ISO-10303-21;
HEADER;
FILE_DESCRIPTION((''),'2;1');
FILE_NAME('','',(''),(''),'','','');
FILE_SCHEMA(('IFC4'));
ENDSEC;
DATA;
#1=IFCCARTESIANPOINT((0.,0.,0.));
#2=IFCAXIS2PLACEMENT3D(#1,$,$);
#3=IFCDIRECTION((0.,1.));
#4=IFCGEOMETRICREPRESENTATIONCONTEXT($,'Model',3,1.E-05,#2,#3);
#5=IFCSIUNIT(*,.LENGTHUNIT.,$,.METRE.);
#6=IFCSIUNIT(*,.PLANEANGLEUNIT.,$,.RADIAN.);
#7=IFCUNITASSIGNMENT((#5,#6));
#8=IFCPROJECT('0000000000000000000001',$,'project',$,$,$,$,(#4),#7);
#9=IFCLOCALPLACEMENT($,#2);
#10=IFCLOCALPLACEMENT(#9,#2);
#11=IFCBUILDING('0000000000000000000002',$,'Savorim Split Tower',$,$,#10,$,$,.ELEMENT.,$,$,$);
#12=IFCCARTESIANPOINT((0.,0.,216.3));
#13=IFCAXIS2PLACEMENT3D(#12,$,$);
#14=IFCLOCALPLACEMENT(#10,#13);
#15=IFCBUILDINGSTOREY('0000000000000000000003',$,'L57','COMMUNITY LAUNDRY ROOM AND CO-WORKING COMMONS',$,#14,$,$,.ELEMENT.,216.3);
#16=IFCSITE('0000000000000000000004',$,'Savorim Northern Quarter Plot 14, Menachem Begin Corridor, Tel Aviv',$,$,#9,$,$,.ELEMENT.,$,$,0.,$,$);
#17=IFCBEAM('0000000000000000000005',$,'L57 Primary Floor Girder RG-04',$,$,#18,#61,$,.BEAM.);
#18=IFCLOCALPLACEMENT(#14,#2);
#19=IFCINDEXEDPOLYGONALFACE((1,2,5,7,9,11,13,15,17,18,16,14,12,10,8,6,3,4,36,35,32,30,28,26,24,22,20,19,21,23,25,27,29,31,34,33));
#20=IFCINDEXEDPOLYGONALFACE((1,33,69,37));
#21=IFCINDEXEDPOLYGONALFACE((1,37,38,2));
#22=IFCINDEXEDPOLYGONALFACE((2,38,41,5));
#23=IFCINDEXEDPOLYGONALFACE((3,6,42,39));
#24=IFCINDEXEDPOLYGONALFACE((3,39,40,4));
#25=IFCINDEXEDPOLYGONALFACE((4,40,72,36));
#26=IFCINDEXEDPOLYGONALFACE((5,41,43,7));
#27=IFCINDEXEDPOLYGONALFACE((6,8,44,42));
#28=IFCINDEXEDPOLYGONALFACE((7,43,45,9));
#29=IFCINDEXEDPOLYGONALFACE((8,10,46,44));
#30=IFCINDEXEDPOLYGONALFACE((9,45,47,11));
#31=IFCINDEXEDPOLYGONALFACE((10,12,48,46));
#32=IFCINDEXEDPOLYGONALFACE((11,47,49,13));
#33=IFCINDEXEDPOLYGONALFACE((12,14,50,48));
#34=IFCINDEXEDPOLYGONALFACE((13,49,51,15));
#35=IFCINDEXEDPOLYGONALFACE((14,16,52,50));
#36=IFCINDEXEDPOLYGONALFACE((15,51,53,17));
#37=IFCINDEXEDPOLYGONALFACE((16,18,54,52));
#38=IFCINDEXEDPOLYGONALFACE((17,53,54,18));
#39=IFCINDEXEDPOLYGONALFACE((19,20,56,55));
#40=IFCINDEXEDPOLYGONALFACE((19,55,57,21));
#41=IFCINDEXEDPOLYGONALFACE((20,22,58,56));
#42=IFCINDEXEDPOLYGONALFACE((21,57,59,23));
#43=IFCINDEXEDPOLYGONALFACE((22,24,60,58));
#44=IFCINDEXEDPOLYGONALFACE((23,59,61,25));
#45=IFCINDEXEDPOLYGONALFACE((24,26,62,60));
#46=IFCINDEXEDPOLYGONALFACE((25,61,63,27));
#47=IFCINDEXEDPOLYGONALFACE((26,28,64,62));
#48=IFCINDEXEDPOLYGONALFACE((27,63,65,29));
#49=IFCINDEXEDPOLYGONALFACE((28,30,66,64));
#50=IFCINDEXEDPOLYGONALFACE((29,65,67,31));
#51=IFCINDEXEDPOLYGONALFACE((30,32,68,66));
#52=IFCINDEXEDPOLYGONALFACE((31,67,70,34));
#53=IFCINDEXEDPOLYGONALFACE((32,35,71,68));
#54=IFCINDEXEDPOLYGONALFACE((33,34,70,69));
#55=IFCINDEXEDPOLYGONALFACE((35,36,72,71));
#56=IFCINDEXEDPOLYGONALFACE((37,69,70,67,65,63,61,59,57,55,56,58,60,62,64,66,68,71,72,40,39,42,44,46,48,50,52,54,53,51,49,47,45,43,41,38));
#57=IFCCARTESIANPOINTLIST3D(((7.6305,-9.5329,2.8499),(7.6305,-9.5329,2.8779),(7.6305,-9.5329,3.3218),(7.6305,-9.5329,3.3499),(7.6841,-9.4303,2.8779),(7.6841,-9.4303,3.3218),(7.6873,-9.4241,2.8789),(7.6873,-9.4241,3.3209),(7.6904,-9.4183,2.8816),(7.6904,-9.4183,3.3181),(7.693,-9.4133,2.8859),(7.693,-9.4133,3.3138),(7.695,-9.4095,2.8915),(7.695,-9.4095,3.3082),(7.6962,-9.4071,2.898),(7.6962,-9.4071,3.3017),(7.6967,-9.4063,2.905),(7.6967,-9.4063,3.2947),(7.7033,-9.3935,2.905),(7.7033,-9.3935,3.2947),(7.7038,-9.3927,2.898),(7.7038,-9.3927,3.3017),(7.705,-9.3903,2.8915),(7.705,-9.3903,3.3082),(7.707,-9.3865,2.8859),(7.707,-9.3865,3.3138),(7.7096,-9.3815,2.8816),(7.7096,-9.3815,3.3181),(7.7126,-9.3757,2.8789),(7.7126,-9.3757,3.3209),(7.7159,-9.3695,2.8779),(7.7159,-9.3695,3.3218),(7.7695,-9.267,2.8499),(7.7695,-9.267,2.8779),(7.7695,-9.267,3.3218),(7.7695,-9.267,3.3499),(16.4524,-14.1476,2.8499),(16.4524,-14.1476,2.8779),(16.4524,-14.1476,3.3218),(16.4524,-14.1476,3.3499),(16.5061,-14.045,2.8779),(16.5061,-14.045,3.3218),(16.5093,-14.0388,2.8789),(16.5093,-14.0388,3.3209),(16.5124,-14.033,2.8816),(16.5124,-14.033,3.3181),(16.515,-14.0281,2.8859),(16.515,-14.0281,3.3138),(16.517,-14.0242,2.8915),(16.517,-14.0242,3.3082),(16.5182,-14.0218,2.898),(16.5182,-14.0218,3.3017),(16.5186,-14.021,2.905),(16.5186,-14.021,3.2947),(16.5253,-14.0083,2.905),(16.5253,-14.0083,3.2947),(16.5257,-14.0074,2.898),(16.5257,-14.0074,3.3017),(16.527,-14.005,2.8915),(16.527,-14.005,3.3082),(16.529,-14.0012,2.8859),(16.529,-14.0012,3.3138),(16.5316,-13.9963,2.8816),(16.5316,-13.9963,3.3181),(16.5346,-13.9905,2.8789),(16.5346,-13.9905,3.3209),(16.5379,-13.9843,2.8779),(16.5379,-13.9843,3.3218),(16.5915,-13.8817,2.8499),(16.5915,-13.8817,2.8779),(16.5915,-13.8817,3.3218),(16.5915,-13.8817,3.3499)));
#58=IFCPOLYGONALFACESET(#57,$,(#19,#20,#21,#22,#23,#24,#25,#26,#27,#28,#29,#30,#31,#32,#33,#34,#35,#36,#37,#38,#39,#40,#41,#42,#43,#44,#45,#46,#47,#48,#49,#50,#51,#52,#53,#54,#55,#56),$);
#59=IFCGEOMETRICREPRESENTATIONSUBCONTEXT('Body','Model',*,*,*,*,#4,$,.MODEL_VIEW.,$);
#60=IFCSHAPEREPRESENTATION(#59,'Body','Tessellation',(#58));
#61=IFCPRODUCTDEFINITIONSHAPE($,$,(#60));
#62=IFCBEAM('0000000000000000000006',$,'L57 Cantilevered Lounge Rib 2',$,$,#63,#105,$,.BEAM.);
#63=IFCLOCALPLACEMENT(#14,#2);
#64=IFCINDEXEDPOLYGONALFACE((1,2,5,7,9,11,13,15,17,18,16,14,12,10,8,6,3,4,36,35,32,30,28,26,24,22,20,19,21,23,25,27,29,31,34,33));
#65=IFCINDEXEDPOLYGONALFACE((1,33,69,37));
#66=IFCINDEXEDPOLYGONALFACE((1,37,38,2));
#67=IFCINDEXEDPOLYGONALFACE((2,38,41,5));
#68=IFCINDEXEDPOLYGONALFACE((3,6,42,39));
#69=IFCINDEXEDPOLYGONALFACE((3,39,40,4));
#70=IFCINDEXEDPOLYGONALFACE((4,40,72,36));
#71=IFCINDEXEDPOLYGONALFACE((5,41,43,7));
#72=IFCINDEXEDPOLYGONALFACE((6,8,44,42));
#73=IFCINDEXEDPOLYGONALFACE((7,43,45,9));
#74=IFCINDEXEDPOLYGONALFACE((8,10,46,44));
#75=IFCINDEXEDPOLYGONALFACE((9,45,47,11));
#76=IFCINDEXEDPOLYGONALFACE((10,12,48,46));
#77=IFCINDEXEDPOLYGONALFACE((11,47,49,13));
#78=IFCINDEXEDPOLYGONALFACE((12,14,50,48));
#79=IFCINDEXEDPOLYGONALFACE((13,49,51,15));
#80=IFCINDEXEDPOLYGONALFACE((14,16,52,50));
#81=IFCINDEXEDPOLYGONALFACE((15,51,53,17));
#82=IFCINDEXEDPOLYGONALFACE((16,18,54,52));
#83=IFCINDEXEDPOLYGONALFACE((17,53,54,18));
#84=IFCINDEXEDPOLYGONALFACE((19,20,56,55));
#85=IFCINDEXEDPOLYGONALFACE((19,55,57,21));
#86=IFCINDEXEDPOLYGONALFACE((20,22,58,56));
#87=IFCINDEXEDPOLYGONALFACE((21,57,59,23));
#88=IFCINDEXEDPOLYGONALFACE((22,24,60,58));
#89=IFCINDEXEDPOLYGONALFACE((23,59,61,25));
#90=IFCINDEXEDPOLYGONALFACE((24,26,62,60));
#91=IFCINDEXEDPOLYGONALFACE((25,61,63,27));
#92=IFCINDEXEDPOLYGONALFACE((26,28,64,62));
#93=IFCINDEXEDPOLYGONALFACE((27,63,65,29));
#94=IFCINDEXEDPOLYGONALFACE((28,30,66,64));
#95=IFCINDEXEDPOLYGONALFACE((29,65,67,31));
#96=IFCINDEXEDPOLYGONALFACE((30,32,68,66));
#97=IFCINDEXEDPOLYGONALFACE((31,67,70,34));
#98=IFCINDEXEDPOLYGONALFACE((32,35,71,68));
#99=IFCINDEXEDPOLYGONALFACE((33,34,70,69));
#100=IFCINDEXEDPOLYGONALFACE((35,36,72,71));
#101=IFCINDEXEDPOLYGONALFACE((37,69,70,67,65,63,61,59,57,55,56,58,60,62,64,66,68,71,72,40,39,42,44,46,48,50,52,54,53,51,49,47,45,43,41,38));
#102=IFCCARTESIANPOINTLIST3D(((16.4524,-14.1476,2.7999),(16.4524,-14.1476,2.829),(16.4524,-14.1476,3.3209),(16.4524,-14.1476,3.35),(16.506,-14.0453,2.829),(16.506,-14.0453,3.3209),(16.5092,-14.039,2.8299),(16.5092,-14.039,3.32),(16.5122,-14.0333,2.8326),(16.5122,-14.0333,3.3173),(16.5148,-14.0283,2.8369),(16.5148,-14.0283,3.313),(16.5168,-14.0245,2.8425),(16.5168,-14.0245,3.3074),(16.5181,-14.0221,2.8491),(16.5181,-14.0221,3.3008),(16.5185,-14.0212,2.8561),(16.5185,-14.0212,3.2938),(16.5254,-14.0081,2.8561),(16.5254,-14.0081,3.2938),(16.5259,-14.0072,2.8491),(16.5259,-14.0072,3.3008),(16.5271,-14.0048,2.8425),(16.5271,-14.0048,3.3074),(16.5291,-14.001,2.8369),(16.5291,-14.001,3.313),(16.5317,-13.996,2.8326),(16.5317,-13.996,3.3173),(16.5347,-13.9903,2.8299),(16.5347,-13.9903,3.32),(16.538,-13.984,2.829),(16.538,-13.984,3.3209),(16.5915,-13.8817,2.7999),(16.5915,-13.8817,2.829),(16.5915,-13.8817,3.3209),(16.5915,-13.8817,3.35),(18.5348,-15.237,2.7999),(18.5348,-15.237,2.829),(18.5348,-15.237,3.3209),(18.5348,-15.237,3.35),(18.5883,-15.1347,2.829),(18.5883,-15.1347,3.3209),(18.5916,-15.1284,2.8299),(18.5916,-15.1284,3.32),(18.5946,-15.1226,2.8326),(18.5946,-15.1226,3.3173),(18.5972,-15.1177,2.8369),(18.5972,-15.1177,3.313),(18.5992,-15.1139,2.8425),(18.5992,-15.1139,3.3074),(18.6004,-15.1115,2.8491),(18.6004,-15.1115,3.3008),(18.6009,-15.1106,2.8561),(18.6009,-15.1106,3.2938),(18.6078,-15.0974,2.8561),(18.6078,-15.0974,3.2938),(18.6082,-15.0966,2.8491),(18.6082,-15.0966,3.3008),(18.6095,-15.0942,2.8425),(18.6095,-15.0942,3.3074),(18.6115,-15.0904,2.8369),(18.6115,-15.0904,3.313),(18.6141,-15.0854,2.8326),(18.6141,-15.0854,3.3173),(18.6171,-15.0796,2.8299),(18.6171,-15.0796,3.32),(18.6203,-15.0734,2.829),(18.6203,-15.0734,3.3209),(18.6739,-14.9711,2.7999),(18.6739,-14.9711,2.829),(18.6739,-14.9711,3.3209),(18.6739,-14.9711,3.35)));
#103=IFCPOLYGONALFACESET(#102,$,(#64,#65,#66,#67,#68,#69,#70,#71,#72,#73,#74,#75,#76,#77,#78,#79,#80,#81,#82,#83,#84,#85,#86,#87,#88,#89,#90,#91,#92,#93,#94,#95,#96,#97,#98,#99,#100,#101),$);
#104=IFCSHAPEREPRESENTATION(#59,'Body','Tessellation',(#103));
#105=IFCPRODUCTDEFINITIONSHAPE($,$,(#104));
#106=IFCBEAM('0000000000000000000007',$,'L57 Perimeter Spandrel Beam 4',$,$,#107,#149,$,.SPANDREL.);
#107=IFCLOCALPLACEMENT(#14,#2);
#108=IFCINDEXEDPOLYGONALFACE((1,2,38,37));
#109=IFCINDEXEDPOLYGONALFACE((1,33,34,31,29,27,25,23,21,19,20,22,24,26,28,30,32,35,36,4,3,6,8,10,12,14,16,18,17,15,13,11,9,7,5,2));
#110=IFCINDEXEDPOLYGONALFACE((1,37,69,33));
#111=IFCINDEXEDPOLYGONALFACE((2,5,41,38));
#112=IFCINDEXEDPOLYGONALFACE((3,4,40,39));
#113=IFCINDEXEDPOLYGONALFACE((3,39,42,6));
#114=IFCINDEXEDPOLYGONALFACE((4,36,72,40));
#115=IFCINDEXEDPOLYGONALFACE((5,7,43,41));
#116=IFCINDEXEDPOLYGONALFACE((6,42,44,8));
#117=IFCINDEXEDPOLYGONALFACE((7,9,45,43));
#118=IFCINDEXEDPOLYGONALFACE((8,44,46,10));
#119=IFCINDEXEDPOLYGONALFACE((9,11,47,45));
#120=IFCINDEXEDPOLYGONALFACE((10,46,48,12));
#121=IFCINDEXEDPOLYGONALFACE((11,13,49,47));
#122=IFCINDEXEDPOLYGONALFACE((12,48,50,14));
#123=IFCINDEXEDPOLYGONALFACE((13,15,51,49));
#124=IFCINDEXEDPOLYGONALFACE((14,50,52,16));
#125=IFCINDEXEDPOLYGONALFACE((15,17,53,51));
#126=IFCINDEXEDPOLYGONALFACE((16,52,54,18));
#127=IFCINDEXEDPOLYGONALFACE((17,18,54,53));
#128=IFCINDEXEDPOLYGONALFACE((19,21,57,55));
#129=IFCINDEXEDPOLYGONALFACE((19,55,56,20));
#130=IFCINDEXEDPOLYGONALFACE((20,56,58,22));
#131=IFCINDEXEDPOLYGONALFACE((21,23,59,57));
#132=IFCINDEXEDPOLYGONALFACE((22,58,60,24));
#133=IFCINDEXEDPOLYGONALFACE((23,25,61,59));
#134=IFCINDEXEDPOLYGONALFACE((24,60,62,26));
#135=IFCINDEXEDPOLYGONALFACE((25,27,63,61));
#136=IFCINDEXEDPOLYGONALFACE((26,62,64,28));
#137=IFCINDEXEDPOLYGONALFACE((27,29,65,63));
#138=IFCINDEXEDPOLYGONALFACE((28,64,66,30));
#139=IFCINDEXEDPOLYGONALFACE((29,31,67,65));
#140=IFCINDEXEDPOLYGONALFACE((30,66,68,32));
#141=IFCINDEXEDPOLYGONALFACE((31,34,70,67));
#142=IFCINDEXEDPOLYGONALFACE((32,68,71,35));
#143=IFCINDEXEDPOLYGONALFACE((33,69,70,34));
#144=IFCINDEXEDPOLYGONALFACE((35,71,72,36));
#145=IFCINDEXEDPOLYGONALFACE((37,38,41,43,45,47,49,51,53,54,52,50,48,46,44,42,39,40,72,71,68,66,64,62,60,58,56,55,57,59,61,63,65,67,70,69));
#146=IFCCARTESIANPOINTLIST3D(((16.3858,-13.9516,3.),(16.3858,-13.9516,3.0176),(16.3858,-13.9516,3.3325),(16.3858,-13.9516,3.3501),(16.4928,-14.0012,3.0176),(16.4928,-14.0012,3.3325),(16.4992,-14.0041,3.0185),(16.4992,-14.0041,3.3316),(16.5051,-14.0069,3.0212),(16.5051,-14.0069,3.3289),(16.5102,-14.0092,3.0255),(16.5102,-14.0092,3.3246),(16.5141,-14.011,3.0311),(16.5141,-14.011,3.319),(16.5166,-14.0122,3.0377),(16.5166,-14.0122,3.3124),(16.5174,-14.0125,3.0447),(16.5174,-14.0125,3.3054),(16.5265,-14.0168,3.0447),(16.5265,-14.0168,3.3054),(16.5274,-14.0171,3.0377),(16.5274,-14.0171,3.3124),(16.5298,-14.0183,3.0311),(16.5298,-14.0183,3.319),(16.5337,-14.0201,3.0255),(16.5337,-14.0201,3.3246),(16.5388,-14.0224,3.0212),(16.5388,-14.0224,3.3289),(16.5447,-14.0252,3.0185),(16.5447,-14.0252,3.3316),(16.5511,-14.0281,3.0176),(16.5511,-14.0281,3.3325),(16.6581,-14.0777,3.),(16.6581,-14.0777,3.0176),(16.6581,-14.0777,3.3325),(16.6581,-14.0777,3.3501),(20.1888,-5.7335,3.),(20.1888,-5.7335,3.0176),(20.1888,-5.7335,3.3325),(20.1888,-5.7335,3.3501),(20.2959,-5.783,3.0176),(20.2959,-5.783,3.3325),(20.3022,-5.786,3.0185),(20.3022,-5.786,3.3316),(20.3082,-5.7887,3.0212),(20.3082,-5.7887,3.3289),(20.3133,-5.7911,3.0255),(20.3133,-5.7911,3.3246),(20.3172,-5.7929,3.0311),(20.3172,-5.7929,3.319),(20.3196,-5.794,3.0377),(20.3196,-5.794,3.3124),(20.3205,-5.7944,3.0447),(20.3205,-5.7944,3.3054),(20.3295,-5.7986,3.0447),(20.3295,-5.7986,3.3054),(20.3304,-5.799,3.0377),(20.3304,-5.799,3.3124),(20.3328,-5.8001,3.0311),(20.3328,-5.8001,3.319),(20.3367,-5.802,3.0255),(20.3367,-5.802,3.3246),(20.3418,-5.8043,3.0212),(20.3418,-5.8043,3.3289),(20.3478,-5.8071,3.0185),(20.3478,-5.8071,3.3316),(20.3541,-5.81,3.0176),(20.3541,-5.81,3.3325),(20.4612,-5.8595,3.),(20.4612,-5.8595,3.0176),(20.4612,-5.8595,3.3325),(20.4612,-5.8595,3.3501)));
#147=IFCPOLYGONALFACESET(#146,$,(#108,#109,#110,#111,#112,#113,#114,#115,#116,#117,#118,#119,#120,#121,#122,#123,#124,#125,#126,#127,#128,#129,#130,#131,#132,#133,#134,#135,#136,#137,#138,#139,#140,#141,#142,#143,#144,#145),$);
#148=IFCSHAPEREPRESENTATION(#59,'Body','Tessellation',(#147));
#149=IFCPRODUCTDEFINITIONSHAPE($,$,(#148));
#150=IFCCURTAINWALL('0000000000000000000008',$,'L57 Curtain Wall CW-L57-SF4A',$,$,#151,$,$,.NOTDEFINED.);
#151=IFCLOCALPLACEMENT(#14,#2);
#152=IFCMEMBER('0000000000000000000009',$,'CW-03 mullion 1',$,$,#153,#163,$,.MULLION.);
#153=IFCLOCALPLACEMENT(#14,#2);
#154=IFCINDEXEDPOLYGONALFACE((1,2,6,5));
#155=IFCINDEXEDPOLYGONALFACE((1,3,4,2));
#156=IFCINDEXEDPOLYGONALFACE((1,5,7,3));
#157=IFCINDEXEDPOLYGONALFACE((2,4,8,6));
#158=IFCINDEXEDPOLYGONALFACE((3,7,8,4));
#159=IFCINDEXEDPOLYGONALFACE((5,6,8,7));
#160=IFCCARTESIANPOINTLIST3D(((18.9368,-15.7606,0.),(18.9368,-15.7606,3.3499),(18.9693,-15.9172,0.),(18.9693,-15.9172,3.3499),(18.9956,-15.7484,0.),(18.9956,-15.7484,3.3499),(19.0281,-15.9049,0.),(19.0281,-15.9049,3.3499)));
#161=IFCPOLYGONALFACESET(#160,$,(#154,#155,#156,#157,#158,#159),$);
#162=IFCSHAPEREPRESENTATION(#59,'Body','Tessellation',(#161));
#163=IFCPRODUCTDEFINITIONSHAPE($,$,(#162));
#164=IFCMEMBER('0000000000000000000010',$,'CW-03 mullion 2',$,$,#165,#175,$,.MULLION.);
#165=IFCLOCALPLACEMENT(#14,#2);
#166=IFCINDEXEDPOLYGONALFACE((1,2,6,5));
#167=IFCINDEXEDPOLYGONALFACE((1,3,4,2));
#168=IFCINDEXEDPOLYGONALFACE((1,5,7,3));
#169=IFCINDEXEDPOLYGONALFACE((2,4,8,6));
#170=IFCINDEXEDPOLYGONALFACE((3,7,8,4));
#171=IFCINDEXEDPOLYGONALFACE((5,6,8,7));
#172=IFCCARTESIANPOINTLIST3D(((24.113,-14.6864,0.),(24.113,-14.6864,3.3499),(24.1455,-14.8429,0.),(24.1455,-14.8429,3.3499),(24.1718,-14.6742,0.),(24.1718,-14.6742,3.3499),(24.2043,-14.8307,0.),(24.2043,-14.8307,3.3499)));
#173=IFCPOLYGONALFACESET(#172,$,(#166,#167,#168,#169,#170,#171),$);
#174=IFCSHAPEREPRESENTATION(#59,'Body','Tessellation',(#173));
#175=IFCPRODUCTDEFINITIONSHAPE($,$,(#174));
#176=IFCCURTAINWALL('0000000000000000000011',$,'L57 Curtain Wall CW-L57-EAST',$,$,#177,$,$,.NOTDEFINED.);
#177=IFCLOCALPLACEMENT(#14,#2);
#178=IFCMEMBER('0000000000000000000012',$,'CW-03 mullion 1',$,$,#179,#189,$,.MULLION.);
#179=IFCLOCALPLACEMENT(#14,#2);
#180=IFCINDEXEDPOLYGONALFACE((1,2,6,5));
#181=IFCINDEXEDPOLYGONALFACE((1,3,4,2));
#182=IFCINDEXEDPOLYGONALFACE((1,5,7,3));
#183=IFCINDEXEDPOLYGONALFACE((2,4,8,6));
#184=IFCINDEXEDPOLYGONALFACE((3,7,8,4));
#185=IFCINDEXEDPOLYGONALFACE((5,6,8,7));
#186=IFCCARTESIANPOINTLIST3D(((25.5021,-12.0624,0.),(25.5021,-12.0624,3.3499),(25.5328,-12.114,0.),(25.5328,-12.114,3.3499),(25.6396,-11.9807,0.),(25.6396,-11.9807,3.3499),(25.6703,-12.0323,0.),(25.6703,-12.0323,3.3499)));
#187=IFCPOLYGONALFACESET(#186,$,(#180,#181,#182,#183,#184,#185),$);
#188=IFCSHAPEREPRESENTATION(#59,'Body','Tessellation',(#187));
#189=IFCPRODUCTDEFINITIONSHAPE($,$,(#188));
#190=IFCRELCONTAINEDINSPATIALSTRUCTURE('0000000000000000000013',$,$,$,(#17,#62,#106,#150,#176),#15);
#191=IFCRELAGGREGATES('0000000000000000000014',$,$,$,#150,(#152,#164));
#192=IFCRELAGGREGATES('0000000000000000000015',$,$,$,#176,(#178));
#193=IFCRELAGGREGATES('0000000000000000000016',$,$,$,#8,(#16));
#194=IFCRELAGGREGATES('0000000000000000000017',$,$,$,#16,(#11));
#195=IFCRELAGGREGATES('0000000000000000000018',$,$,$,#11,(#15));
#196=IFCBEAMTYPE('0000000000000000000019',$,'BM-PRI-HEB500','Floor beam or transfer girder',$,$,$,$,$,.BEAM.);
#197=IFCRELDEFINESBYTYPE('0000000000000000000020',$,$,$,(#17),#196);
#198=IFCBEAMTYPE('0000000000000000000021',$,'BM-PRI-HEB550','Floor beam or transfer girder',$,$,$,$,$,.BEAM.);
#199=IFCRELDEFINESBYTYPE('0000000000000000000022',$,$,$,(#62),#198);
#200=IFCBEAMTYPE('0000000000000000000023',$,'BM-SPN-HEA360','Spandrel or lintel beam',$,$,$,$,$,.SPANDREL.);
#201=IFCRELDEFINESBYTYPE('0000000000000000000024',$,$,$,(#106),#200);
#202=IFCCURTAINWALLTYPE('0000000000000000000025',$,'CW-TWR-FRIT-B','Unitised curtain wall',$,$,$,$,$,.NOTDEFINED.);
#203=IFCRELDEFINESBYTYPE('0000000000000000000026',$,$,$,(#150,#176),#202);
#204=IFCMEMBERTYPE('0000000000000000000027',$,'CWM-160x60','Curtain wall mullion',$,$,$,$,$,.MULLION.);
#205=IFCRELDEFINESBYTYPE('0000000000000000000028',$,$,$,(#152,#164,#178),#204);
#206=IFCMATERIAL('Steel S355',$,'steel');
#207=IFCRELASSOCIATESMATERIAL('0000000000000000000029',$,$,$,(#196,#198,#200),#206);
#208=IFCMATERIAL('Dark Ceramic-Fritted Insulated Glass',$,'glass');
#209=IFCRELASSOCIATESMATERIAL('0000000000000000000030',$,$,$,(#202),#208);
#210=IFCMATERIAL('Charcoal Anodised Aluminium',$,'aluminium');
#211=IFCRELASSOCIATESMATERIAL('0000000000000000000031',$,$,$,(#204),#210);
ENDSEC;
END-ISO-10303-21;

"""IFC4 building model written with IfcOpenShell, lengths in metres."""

from ifc_helpers import new_model, si_unit, direction, frame, origin, origin_2d, place, context, subcontext, project, spatial, rectangle, i_section, extrude, material, material_profile, profile_set, type_object, element, aggregate, save


model = new_model("IFC4")

# Units and contexts
model_context = context("Model", 3, precision=1e-05, world=origin(), true_north=direction((0.0, 1.0)))
body_context = subcontext(model_context, "Body", "Model", "MODEL_VIEW")
ifc_project = project(units=[si_unit("LENGTHUNIT", "METRE"), si_unit("PLANEANGLEUNIT", "RADIAN")], contexts=[model_context])

# Site, building, storey
site_placement = place(None, origin())
site = spatial("IfcSite", under=ifc_project, at=site_placement, Name="Savorim Northern Quarter Plot 14, Menachem Begin Corridor, Tel Aviv", CompositionType="ELEMENT", RefElevation=0.0)
building_placement = place(site_placement, origin())
building = spatial("IfcBuilding", under=site, at=building_placement, Name="Savorim Split Tower", CompositionType="ELEMENT")
storey_placement = place(building_placement, frame((0.0, 0.0, 216.3)))
storey = spatial("IfcBuildingStorey", under=building, at=storey_placement, Name="L57", Description="COMMUNITY LAUNDRY ROOM AND CO-WORKING COMMONS", CompositionType="ELEMENT", Elevation=216.3)

# Shared definitions
ifc_material_1 = material(Name="Steel S355", Category="steel")

# Beams
ifc_material_profile_1 = material_profile(ifc_material_1, i_section(OverallWidth=0.3, OverallDepth=0.5, WebThickness=0.0144, FlangeThickness=0.0281, FilletRadius=0.0271, at=origin_2d()), Name="HEB 500")
ifc_profile_set_1 = profile_set([ifc_material_profile_1], Name="Steel S355")
beam_type_1 = type_object("IfcBeamType", Name="BM-PRI-HEB500", Description="Floor beam or transfer girder", PredefinedType="BEAM", material=ifc_profile_set_1)
beam_1_placement = place(storey_placement, frame((16.522, -14.0146, 3.0999), z_axis=(-0.886092, 0.463509, 0.0), x_axis=(-0.463509, -0.886092, 0.0)))
element("IfcBeam", 1, at=beam_1_placement, inside=storey, type_object=beam_type_1, Name="L57 Primary Floor Girder RG-04", PredefinedType="BEAM", context=body_context, shape_type="SweptSolid", body=[
    extrude(i_section(OverallWidth=0.3, OverallDepth=0.5, WebThickness=0.0144, FlangeThickness=0.0281, FilletRadius=0.0271, at=origin_2d()), origin(), (0.0, 0.0, 1.0), 9.9561),
])
ifc_material_profile_2 = material_profile(ifc_material_1, i_section(OverallWidth=0.3, OverallDepth=0.55, WebThickness=0.0149, FlangeThickness=0.0291, FilletRadius=0.0271, at=origin_2d()), Name="HEB 550")
ifc_profile_set_2 = profile_set([ifc_material_profile_2], Name="Steel S355")
beam_type_2 = type_object("IfcBeamType", Name="BM-PRI-HEB550", Description="Floor beam or transfer girder", PredefinedType="BEAM", material=ifc_profile_set_2)
beam_2_placement = place(storey_placement, frame((16.522, -14.0146, 3.075), z_axis=(0.886069, -0.463553, 0.0), x_axis=(0.463553, 0.886069, 0.0)))
element("IfcBeam", 2, at=beam_2_placement, inside=storey, type_object=beam_type_2, Name="L57 Cantilevered Lounge Rib 2", PredefinedType="BEAM", context=body_context, shape_type="SweptSolid", body=[
    extrude(i_section(OverallWidth=0.3, OverallDepth=0.55, WebThickness=0.0149, FlangeThickness=0.0291, FilletRadius=0.0271, at=origin_2d()), origin(), (0.0, 0.0, 1.0), 2.3501),
])
ifc_material_profile_3 = material_profile(ifc_material_1, i_section(OverallWidth=0.3, OverallDepth=0.3501, WebThickness=0.01, FlangeThickness=0.0176, FilletRadius=0.0271, at=origin_2d()), Name="HEA 360")
ifc_profile_set_3 = profile_set([ifc_material_profile_3], Name="Steel S355")
beam_type_3 = type_object("IfcBeamType", Name="BM-SPN-HEA360", Description="Spandrel or lintel beam", PredefinedType="SPANDREL", material=ifc_profile_set_3)
beam_3_placement = place(storey_placement, frame((16.522, -14.0146, 3.175), z_axis=(0.419973, 0.907537, 0.0), x_axis=(-0.907537, 0.419973, 0.0)))
element("IfcBeam", 3, at=beam_3_placement, inside=storey, type_object=beam_type_3, Name="L57 Perimeter Spandrel Beam 4", PredefinedType="SPANDREL", context=body_context, shape_type="SweptSolid", body=[
    extrude(i_section(OverallWidth=0.3, OverallDepth=0.3501, WebThickness=0.01, FlangeThickness=0.0176, FilletRadius=0.0271, at=origin_2d()), origin(), (0.0, 0.0, 1.0), 9.0554),
])

# Curtain walls, members
ifc_material_2 = material(Name="Dark Ceramic-Fritted Insulated Glass", Category="glass")
curtain_wall_type_1 = type_object("IfcCurtainWallType", Name="CW-TWR-FRIT-B", Description="Unitised curtain wall", PredefinedType="NOTDEFINED", material=ifc_material_2)
curtain_wall_1_placement = place(storey_placement, origin())
curtain_wall_1 = element("IfcCurtainWall", 4, at=curtain_wall_1_placement, inside=storey, type_object=curtain_wall_type_1, Name="L57 Curtain Wall CW-L57-SF4A", PredefinedType="NOTDEFINED")
ifc_material_3 = material(Name="Charcoal Anodised Aluminium", Category="aluminium")
ifc_material_profile_4 = material_profile(ifc_material_3, rectangle(XDim=0.1599, YDim=0.0601, at=origin_2d()), Name="ALU-M 160x60")
ifc_profile_set_4 = profile_set([ifc_material_profile_4], Name="Charcoal Anodised Aluminium")
member_type_1 = type_object("IfcMemberType", Name="CWM-160x60", Description="Curtain wall mullion", PredefinedType="MULLION", material=ifc_profile_set_4)
member_1_placement = place(storey_placement, frame((18.9824, -15.8328, 0.0), z_axis=(0.0, 0.0, 1.0), x_axis=(-0.203211, 0.979135, 0.0)))
member_1 = element("IfcMember", 5, at=member_1_placement, type_object=member_type_1, Name="CW-03 mullion 1", PredefinedType="MULLION", context=body_context, shape_type="SweptSolid", body=[
    extrude(rectangle(XDim=0.1599, YDim=0.0601, at=origin_2d()), origin(), (0.0, 0.0, 1.0), 3.3499),
])
member_2_placement = place(storey_placement, frame((24.1587, -14.7585, 0.0), z_axis=(0.0, 0.0, 1.0), x_axis=(-0.203211, 0.979135, 0.0)))
member_2 = element("IfcMember", 6, at=member_2_placement, type_object=member_type_1, Name="CW-03 mullion 2", PredefinedType="MULLION", context=body_context, shape_type="SweptSolid", body=[
    extrude(rectangle(XDim=0.1599, YDim=0.0601, at=origin_2d()), origin(), (0.0, 0.0, 1.0), 3.3499),
])
curtain_wall_2_placement = place(storey_placement, origin())
curtain_wall_2 = element("IfcCurtainWall", 7, at=curtain_wall_2_placement, inside=storey, type_object=curtain_wall_type_1, Name="L57 Curtain Wall CW-L57-EAST", PredefinedType="NOTDEFINED")
member_3_placement = place(storey_placement, frame((25.5862, -12.0474, 0.0), z_axis=(0.0, 0.0, 1.0), x_axis=(-0.859526, -0.511092, 0.0)))
member_3 = element("IfcMember", 8, at=member_3_placement, type_object=member_type_1, Name="CW-03 mullion 1", PredefinedType="MULLION", context=body_context, shape_type="SweptSolid", body=[
    extrude(rectangle(XDim=0.1599, YDim=0.0601, at=origin_2d()), origin(), (0.0, 0.0, 1.0), 3.3499),
])

aggregate(curtain_wall_1, [member_1, member_2])
aggregate(curtain_wall_2, [member_3])

save(model, "model.ifc")
